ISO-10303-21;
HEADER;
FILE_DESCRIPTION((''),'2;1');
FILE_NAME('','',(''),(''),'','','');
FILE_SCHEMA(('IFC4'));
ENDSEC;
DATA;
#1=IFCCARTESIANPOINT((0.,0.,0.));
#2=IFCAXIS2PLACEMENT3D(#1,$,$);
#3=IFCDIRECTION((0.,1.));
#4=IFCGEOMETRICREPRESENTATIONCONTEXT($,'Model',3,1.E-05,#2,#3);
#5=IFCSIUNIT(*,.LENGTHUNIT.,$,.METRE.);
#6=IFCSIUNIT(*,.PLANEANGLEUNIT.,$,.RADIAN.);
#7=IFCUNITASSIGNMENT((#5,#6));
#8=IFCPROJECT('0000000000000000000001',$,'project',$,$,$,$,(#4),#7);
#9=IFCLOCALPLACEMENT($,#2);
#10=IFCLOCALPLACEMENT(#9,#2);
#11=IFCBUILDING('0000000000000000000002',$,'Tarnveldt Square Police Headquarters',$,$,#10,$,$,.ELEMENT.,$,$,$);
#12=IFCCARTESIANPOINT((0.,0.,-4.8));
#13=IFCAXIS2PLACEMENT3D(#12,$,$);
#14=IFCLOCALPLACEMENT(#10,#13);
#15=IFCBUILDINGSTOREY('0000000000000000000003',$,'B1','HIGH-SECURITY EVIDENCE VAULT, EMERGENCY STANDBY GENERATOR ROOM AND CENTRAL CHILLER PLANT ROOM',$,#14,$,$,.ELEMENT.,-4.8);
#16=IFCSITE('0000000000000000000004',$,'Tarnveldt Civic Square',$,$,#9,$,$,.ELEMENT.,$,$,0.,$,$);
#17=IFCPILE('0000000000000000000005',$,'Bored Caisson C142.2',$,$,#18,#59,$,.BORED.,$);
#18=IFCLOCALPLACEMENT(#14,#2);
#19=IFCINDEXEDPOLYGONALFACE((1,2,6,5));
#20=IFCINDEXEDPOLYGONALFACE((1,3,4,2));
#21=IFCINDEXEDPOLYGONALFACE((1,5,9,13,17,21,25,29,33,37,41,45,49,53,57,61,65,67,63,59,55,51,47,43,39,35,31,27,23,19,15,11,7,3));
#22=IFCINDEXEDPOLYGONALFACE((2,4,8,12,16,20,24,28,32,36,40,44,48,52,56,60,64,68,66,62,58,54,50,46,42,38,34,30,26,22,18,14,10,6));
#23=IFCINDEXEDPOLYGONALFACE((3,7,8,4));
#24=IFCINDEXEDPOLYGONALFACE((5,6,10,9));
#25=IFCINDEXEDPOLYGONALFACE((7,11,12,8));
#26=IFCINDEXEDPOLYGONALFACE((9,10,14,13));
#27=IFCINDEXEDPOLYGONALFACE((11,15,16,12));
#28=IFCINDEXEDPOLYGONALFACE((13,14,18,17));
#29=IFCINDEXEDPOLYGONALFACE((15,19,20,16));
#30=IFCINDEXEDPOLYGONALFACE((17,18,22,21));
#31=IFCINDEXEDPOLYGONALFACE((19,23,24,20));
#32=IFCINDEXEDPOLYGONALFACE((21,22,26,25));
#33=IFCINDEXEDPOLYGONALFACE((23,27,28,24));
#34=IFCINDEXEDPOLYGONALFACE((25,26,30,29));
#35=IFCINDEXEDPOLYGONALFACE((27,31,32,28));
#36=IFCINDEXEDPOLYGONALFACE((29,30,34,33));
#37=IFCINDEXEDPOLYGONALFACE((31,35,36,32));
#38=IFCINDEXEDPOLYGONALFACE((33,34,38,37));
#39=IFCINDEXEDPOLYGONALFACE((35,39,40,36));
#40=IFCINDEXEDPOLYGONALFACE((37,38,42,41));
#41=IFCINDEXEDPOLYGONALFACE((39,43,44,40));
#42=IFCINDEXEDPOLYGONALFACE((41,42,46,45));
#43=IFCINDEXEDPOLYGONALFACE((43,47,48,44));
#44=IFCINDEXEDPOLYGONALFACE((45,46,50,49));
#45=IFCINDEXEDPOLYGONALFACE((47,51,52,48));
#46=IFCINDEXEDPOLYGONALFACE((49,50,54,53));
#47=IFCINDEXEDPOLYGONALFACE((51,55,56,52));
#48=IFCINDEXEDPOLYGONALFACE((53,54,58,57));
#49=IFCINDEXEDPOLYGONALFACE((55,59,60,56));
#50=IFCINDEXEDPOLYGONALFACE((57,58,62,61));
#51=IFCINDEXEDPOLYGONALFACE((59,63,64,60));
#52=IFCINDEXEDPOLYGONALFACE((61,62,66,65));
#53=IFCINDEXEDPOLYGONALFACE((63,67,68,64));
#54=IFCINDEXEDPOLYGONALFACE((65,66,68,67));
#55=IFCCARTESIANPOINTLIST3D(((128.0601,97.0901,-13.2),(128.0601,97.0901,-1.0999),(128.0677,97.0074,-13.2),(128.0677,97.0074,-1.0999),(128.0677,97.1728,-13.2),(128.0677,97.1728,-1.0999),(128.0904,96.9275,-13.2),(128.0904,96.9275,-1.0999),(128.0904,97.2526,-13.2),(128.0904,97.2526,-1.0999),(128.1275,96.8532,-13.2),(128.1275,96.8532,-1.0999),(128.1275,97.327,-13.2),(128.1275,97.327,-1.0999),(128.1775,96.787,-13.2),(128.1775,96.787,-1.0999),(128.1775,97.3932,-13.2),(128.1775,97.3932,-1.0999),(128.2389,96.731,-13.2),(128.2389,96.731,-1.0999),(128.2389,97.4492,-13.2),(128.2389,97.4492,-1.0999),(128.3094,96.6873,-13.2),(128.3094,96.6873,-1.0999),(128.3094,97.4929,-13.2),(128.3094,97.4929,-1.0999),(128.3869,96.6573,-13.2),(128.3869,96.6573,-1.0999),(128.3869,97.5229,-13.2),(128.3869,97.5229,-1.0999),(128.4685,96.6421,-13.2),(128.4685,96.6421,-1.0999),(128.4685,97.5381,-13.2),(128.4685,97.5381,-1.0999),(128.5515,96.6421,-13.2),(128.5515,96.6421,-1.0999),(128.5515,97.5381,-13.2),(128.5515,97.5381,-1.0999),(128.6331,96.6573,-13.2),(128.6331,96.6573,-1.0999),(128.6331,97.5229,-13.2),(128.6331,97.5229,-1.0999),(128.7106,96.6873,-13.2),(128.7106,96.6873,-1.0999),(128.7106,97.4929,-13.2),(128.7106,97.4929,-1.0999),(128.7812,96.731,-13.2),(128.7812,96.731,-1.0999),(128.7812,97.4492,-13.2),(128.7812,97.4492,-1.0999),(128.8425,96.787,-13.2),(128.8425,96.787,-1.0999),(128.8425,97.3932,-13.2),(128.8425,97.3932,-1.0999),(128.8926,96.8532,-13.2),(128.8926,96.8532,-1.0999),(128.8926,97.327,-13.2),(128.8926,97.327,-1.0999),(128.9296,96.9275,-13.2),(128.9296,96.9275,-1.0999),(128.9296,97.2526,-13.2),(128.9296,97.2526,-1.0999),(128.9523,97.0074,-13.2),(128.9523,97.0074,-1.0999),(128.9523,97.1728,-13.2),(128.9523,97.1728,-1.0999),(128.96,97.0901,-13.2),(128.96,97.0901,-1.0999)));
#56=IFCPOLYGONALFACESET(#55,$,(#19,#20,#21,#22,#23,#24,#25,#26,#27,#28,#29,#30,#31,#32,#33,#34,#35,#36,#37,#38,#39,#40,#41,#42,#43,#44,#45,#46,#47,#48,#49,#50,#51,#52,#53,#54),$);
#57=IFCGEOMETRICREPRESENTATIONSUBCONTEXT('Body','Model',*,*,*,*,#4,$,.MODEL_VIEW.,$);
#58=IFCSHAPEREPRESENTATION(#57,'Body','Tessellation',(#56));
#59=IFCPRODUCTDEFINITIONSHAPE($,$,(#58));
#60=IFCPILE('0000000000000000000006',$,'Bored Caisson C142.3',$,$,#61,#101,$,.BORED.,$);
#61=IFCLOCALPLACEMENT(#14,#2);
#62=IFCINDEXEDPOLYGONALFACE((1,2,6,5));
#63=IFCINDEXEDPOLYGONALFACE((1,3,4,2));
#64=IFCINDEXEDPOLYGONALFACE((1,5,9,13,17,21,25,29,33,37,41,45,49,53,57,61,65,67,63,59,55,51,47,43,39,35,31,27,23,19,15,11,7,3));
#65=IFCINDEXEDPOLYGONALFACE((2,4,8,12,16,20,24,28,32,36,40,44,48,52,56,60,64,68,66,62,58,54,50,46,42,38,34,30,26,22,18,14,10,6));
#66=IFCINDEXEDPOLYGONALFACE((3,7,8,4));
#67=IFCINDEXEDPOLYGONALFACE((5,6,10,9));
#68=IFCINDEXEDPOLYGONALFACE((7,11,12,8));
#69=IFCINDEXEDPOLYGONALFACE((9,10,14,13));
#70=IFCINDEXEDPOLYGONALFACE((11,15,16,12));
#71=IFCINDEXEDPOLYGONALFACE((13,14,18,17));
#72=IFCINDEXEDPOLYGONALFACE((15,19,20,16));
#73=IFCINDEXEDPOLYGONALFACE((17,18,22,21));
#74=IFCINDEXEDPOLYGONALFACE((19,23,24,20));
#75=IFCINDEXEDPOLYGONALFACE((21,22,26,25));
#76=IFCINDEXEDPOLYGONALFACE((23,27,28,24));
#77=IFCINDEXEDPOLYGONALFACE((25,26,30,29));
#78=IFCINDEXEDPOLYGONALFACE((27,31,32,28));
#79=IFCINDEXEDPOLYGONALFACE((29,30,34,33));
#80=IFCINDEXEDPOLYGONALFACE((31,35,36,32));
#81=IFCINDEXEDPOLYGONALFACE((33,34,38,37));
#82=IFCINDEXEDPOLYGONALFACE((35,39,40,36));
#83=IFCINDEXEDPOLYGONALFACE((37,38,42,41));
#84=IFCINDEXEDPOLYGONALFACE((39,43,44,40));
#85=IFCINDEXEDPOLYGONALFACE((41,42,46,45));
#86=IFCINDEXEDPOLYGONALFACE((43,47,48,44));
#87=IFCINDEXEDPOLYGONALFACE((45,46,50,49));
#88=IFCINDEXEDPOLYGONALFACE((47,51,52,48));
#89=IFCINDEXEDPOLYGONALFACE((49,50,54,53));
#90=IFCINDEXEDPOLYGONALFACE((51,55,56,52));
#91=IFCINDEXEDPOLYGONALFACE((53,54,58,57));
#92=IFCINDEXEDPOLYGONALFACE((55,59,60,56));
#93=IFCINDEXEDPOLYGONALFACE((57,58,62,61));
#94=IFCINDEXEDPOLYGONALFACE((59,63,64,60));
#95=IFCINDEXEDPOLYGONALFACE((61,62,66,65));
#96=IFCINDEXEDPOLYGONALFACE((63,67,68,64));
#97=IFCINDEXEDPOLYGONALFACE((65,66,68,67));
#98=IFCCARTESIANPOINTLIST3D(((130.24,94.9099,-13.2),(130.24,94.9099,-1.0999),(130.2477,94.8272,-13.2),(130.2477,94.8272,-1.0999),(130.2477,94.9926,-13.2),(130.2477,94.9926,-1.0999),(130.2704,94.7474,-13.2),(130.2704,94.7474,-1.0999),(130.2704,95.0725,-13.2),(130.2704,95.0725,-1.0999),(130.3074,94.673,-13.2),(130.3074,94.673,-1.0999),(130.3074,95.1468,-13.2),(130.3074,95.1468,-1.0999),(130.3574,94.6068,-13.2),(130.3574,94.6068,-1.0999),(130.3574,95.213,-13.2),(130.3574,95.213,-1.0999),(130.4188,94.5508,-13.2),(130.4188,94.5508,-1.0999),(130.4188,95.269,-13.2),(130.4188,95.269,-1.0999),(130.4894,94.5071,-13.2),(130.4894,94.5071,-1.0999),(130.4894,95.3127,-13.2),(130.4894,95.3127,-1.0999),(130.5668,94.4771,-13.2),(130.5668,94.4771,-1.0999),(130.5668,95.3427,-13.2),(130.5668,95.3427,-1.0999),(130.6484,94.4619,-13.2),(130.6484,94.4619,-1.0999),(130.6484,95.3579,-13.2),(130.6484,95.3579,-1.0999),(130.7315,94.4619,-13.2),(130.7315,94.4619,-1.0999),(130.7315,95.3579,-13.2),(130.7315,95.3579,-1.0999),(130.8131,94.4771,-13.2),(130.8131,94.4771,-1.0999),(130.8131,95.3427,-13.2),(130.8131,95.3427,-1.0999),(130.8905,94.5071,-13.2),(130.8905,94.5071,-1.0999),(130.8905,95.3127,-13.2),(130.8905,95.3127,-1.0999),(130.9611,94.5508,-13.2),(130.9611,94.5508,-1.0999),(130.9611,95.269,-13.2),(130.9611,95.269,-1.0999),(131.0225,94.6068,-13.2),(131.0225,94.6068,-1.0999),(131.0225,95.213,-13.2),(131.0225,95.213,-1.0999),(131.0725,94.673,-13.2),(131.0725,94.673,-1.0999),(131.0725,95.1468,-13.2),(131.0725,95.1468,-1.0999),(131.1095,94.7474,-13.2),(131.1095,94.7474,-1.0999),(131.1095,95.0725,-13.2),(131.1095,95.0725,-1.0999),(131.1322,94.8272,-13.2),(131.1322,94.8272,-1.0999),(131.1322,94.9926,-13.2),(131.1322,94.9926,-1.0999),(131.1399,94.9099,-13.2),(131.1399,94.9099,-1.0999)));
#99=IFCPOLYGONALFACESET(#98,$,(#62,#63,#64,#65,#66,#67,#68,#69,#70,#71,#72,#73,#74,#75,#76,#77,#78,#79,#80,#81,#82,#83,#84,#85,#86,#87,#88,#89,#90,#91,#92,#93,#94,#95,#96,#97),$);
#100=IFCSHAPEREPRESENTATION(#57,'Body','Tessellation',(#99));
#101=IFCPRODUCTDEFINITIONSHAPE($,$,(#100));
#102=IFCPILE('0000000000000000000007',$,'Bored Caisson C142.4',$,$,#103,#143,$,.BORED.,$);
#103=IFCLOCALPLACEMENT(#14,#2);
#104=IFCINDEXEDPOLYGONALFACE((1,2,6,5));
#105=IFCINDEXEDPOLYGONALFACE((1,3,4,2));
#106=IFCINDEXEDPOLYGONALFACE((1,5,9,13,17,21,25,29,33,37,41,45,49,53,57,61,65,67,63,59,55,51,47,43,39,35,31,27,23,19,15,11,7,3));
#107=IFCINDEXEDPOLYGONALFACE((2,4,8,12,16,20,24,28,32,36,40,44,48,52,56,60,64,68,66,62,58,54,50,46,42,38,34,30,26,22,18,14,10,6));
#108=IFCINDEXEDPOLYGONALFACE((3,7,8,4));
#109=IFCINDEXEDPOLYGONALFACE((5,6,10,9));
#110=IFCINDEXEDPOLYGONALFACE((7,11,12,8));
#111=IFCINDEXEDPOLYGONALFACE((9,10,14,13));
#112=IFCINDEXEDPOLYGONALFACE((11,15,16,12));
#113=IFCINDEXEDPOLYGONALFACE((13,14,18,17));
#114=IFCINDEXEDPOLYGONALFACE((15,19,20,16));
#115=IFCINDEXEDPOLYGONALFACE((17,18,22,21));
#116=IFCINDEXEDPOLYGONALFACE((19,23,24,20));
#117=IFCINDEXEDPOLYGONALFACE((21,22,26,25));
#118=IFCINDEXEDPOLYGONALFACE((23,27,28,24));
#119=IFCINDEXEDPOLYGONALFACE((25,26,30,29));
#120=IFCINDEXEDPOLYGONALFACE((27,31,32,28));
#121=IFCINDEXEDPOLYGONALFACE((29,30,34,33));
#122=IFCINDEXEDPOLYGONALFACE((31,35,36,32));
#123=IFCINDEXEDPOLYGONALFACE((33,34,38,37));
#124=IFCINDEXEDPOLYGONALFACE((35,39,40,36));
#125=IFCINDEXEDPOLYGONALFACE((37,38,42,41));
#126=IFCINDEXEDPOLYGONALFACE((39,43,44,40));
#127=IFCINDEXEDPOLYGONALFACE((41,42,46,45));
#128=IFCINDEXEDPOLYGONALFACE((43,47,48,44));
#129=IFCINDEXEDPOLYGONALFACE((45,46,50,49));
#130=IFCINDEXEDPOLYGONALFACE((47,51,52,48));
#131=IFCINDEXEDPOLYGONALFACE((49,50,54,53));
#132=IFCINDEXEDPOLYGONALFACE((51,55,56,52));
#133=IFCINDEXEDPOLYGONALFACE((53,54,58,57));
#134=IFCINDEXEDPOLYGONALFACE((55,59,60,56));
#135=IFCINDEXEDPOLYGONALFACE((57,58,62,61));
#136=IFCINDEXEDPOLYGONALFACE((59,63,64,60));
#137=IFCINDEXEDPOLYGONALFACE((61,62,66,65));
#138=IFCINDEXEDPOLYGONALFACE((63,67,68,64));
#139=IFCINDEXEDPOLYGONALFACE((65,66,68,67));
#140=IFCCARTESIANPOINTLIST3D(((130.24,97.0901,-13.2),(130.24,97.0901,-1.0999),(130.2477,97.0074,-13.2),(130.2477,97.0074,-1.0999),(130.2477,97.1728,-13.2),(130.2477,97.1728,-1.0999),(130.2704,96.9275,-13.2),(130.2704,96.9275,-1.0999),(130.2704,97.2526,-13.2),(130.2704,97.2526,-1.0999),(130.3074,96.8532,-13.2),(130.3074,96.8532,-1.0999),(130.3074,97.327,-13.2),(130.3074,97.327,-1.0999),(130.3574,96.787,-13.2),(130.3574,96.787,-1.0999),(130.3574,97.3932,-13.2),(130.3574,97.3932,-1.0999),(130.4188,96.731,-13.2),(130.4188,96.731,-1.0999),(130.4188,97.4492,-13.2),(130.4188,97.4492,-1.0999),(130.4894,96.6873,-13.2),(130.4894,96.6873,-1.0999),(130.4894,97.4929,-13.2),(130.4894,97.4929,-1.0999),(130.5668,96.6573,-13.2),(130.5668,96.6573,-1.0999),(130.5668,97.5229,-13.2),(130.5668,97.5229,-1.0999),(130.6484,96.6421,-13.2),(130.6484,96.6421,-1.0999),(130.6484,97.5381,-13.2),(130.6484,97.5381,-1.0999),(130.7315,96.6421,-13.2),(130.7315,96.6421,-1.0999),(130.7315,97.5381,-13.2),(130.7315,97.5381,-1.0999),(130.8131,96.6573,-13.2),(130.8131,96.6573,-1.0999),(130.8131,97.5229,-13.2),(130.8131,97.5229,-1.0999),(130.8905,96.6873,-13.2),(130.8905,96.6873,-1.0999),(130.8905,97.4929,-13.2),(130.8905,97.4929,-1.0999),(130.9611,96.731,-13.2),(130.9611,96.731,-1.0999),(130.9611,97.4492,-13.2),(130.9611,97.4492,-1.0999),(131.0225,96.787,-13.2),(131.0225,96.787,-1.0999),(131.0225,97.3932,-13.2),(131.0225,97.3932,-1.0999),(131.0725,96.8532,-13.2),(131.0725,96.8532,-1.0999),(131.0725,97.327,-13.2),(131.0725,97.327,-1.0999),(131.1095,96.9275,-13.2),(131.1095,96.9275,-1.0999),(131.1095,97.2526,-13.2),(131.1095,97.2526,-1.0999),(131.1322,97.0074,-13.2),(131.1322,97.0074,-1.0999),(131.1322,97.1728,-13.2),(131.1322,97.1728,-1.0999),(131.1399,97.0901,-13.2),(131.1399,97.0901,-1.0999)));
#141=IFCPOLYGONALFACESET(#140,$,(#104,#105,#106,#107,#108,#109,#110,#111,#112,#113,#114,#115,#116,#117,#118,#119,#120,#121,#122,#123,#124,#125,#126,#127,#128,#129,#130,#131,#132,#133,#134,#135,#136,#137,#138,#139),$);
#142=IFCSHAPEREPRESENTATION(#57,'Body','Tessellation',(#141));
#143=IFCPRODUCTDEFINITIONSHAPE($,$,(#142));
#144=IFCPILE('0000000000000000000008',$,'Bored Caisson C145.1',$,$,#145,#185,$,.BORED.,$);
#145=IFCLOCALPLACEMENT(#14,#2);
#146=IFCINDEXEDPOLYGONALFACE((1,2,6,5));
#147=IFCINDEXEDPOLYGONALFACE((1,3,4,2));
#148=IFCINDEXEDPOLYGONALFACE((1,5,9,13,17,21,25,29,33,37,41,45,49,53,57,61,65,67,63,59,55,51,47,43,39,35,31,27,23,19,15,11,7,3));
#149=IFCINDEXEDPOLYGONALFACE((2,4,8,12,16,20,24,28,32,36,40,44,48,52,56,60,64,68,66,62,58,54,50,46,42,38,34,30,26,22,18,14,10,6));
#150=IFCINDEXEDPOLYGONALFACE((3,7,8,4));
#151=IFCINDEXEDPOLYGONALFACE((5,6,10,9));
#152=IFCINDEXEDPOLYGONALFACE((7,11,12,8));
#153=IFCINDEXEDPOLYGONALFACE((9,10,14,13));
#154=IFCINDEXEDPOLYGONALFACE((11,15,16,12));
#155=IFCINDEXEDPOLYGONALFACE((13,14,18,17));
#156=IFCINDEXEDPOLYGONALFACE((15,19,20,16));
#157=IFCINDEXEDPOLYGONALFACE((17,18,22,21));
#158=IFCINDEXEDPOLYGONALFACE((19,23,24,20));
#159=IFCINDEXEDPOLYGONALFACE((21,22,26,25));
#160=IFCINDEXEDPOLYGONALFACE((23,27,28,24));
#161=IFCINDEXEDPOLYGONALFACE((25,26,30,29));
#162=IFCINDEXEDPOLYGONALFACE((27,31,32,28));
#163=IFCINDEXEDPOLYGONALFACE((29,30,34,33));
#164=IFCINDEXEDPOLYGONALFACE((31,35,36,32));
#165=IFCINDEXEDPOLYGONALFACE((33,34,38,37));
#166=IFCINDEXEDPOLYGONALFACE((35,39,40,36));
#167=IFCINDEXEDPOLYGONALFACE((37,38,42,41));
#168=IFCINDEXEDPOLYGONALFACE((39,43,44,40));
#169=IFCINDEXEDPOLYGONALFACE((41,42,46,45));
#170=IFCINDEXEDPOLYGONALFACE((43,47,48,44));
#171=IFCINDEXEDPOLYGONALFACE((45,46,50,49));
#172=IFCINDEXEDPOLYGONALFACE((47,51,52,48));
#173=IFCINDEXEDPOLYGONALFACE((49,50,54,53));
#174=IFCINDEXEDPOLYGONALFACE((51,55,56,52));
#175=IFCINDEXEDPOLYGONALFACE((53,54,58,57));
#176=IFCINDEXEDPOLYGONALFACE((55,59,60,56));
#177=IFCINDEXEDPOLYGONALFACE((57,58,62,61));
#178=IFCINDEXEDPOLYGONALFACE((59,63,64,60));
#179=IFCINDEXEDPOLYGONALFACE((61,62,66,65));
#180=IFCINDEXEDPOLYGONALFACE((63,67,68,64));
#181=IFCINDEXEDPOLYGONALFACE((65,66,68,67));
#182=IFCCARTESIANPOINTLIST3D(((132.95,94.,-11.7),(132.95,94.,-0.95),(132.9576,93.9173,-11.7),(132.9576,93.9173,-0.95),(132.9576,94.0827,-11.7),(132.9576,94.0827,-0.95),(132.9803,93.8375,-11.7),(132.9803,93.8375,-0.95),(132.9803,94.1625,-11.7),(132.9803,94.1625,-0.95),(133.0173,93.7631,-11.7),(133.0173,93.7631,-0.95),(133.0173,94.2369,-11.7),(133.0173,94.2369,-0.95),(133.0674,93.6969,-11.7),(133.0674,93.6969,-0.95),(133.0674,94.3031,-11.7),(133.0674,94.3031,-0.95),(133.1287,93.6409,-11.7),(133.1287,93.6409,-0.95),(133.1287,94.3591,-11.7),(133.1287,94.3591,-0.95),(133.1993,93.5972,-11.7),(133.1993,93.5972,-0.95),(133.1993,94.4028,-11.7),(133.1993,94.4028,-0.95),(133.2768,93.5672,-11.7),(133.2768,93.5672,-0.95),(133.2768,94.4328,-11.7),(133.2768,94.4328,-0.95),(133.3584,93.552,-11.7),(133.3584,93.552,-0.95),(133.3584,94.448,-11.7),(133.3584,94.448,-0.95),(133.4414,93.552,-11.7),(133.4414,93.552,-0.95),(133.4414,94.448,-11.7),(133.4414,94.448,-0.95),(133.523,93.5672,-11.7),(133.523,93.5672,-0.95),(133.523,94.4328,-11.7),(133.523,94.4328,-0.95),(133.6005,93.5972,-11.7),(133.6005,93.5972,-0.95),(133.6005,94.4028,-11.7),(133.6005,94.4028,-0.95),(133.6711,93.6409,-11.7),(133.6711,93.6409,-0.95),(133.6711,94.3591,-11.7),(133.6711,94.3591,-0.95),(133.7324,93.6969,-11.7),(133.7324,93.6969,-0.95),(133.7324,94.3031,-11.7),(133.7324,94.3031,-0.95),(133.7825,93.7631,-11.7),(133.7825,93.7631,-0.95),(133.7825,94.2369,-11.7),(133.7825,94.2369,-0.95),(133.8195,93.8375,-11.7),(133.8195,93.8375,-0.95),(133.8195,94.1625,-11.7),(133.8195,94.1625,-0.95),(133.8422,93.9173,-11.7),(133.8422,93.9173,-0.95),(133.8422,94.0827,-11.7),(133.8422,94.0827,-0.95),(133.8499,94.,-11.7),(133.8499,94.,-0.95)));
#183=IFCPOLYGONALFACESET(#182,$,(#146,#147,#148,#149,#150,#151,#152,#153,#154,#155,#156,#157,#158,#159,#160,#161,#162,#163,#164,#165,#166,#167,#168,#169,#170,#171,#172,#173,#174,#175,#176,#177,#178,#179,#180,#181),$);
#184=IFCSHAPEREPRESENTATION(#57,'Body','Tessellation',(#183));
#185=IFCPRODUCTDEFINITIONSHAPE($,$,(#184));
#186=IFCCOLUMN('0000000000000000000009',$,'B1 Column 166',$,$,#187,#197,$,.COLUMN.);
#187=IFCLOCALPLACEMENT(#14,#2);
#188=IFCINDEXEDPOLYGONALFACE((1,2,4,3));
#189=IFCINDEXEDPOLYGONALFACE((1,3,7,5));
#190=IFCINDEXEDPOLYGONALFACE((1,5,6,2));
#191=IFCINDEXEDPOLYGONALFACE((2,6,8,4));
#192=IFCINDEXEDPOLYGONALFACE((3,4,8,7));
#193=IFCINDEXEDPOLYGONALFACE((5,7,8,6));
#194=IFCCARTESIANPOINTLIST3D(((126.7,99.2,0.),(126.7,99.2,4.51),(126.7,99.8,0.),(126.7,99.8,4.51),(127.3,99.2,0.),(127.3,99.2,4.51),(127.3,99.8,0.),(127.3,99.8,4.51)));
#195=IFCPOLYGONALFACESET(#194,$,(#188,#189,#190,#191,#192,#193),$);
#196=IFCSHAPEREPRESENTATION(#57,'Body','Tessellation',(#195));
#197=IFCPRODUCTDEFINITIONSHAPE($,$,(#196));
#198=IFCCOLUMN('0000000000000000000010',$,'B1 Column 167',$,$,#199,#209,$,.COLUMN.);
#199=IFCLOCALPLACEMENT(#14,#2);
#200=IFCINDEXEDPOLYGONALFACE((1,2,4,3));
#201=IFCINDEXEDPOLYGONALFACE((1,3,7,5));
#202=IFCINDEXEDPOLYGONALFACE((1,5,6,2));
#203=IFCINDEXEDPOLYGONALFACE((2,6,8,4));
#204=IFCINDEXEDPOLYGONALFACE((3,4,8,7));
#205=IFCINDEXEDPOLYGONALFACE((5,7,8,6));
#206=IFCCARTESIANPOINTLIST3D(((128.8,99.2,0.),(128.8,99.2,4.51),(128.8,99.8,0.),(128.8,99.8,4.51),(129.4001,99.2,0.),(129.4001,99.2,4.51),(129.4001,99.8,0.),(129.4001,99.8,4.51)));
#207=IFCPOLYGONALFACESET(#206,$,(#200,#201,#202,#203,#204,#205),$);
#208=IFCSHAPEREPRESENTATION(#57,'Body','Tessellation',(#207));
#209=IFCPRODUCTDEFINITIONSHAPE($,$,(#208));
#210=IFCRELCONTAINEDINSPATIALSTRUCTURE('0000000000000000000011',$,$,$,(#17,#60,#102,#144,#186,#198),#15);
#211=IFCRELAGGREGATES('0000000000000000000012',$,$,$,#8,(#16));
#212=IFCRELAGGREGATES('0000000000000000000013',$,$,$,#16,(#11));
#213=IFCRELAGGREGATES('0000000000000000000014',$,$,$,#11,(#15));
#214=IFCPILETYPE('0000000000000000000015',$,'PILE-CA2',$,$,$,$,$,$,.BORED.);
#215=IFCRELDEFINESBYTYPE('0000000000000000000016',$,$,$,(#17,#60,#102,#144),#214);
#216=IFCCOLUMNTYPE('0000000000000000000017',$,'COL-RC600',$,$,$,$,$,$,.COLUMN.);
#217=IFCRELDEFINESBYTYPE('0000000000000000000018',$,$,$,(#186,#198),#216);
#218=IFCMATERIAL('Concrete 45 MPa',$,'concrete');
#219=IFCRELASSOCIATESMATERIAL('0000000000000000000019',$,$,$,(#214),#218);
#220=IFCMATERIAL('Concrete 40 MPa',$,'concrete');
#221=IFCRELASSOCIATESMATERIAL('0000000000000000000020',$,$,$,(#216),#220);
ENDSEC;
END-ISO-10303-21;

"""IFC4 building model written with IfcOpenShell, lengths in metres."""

from ifc_helpers import new_model, si_unit, direction, frame, origin, origin_2d, place, context, subcontext, project, spatial, rectangle, circle, extrude, material, material_profile, profile_set, type_object, element, save


model = new_model("IFC4")

# Units and contexts
model_context = context("Model", 3, precision=1e-05, world=origin(), true_north=direction((0.0, 1.0)))
body_context = subcontext(model_context, "Body", "Model", "MODEL_VIEW")
ifc_project = project(units=[si_unit("LENGTHUNIT", "METRE"), si_unit("PLANEANGLEUNIT", "RADIAN")], contexts=[model_context])

# Site, building, storey
site_placement = place(None, origin())
site = spatial("IfcSite", under=ifc_project, at=site_placement, Name="Tarnveldt Civic Square", CompositionType="ELEMENT", RefElevation=0.0)
building_placement = place(site_placement, origin())
building = spatial("IfcBuilding", under=site, at=building_placement, Name="Tarnveldt Square Police Headquarters", CompositionType="ELEMENT")
storey_placement = place(building_placement, frame((0.0, 0.0, -4.8)))
storey = spatial("IfcBuildingStorey", under=building, at=storey_placement, Name="B1", Description="HIGH-SECURITY EVIDENCE VAULT, EMERGENCY STANDBY GENERATOR ROOM AND CENTRAL CHILLER PLANT ROOM", CompositionType="ELEMENT", Elevation=-4.8)

# Shared definitions
ifc_material_1 = material(Name="Concrete 45 MPa", Category="concrete")

# Piles
ifc_material_profile_1 = material_profile(ifc_material_1, circle(Radius=0.45, at=origin_2d()), Name="CAISSON-D900")
ifc_profile_set_1 = profile_set([ifc_material_profile_1], Name="Concrete 45 MPa")
pile_type = type_object("IfcPileType", Name="PILE-CA2", PredefinedType="BORED", material=ifc_profile_set_1)
for number, where, z_axis, x_axis, name in (
    (1, (128.51, 97.0901, -1.0999), (0.0, 0.0, -1.0), (1.0, 0.0, 0.0), "Bored Caisson C142.2"),
    (2, (130.6899, 94.9099, -1.0999), (0.0, 0.0, -1.0), (1.0, 0.0, 0.0), "Bored Caisson C142.3"),
    (3, (130.6899, 97.0901, -1.0999), (0.0, 0.0, -1.0), (1.0, 0.0, 0.0), "Bored Caisson C142.4"),
):
    element("IfcPile", number, at=place(storey_placement, frame(where, z_axis=z_axis, x_axis=x_axis)), inside=storey, type_object=pile_type, Name=name, PredefinedType="BORED", context=body_context, shape_type="SweptSolid", body=[
        extrude(circle(Radius=0.45, at=origin_2d()), origin(), (0.0, 0.0, 1.0), 12.1001),
    ])
pile_placement = place(storey_placement, frame((133.3999, 94.0, -0.95), z_axis=(0.0, 0.0, -1.0), x_axis=(1.0, 0.0, 0.0)))
element("IfcPile", 4, at=pile_placement, inside=storey, type_object=pile_type, Name="Bored Caisson C145.1", PredefinedType="BORED", context=body_context, shape_type="SweptSolid", body=[
    extrude(circle(Radius=0.45, at=origin_2d()), origin(), (0.0, 0.0, 1.0), 10.75),
])

# Columns
ifc_material_2 = material(Name="Concrete 40 MPa", Category="concrete")
ifc_material_profile_2 = material_profile(ifc_material_2, rectangle(XDim=0.6001, YDim=0.6001, at=origin_2d()), Name="RC-C600x600")
ifc_profile_set_2 = profile_set([ifc_material_profile_2], Name="Concrete 40 MPa")
column_type_1 = type_object("IfcColumnType", Name="COL-RC600", PredefinedType="COLUMN", material=ifc_profile_set_2)
for number, where, z_axis, x_axis, name in (
    (5, (127.0, 99.5, 0.0), (0.0, 0.0, 1.0), (1.0, 0.0, 0.0), "B1 Column 166"),
    (6, (129.1001, 99.5, 0.0), (0.0, 0.0, 1.0), (1.0, 0.0, 0.0), "B1 Column 167"),
):
    element("IfcColumn", number, at=place(storey_placement, frame(where, z_axis=z_axis, x_axis=x_axis)), inside=storey, type_object=column_type_1, Name=name, PredefinedType="COLUMN", context=body_context, shape_type="SweptSolid", body=[
        extrude(rectangle(XDim=0.6001, YDim=0.6001, at=origin_2d()), origin(), (0.0, 0.0, 1.0), 4.51),
    ])

save(model, "model.ifc")
